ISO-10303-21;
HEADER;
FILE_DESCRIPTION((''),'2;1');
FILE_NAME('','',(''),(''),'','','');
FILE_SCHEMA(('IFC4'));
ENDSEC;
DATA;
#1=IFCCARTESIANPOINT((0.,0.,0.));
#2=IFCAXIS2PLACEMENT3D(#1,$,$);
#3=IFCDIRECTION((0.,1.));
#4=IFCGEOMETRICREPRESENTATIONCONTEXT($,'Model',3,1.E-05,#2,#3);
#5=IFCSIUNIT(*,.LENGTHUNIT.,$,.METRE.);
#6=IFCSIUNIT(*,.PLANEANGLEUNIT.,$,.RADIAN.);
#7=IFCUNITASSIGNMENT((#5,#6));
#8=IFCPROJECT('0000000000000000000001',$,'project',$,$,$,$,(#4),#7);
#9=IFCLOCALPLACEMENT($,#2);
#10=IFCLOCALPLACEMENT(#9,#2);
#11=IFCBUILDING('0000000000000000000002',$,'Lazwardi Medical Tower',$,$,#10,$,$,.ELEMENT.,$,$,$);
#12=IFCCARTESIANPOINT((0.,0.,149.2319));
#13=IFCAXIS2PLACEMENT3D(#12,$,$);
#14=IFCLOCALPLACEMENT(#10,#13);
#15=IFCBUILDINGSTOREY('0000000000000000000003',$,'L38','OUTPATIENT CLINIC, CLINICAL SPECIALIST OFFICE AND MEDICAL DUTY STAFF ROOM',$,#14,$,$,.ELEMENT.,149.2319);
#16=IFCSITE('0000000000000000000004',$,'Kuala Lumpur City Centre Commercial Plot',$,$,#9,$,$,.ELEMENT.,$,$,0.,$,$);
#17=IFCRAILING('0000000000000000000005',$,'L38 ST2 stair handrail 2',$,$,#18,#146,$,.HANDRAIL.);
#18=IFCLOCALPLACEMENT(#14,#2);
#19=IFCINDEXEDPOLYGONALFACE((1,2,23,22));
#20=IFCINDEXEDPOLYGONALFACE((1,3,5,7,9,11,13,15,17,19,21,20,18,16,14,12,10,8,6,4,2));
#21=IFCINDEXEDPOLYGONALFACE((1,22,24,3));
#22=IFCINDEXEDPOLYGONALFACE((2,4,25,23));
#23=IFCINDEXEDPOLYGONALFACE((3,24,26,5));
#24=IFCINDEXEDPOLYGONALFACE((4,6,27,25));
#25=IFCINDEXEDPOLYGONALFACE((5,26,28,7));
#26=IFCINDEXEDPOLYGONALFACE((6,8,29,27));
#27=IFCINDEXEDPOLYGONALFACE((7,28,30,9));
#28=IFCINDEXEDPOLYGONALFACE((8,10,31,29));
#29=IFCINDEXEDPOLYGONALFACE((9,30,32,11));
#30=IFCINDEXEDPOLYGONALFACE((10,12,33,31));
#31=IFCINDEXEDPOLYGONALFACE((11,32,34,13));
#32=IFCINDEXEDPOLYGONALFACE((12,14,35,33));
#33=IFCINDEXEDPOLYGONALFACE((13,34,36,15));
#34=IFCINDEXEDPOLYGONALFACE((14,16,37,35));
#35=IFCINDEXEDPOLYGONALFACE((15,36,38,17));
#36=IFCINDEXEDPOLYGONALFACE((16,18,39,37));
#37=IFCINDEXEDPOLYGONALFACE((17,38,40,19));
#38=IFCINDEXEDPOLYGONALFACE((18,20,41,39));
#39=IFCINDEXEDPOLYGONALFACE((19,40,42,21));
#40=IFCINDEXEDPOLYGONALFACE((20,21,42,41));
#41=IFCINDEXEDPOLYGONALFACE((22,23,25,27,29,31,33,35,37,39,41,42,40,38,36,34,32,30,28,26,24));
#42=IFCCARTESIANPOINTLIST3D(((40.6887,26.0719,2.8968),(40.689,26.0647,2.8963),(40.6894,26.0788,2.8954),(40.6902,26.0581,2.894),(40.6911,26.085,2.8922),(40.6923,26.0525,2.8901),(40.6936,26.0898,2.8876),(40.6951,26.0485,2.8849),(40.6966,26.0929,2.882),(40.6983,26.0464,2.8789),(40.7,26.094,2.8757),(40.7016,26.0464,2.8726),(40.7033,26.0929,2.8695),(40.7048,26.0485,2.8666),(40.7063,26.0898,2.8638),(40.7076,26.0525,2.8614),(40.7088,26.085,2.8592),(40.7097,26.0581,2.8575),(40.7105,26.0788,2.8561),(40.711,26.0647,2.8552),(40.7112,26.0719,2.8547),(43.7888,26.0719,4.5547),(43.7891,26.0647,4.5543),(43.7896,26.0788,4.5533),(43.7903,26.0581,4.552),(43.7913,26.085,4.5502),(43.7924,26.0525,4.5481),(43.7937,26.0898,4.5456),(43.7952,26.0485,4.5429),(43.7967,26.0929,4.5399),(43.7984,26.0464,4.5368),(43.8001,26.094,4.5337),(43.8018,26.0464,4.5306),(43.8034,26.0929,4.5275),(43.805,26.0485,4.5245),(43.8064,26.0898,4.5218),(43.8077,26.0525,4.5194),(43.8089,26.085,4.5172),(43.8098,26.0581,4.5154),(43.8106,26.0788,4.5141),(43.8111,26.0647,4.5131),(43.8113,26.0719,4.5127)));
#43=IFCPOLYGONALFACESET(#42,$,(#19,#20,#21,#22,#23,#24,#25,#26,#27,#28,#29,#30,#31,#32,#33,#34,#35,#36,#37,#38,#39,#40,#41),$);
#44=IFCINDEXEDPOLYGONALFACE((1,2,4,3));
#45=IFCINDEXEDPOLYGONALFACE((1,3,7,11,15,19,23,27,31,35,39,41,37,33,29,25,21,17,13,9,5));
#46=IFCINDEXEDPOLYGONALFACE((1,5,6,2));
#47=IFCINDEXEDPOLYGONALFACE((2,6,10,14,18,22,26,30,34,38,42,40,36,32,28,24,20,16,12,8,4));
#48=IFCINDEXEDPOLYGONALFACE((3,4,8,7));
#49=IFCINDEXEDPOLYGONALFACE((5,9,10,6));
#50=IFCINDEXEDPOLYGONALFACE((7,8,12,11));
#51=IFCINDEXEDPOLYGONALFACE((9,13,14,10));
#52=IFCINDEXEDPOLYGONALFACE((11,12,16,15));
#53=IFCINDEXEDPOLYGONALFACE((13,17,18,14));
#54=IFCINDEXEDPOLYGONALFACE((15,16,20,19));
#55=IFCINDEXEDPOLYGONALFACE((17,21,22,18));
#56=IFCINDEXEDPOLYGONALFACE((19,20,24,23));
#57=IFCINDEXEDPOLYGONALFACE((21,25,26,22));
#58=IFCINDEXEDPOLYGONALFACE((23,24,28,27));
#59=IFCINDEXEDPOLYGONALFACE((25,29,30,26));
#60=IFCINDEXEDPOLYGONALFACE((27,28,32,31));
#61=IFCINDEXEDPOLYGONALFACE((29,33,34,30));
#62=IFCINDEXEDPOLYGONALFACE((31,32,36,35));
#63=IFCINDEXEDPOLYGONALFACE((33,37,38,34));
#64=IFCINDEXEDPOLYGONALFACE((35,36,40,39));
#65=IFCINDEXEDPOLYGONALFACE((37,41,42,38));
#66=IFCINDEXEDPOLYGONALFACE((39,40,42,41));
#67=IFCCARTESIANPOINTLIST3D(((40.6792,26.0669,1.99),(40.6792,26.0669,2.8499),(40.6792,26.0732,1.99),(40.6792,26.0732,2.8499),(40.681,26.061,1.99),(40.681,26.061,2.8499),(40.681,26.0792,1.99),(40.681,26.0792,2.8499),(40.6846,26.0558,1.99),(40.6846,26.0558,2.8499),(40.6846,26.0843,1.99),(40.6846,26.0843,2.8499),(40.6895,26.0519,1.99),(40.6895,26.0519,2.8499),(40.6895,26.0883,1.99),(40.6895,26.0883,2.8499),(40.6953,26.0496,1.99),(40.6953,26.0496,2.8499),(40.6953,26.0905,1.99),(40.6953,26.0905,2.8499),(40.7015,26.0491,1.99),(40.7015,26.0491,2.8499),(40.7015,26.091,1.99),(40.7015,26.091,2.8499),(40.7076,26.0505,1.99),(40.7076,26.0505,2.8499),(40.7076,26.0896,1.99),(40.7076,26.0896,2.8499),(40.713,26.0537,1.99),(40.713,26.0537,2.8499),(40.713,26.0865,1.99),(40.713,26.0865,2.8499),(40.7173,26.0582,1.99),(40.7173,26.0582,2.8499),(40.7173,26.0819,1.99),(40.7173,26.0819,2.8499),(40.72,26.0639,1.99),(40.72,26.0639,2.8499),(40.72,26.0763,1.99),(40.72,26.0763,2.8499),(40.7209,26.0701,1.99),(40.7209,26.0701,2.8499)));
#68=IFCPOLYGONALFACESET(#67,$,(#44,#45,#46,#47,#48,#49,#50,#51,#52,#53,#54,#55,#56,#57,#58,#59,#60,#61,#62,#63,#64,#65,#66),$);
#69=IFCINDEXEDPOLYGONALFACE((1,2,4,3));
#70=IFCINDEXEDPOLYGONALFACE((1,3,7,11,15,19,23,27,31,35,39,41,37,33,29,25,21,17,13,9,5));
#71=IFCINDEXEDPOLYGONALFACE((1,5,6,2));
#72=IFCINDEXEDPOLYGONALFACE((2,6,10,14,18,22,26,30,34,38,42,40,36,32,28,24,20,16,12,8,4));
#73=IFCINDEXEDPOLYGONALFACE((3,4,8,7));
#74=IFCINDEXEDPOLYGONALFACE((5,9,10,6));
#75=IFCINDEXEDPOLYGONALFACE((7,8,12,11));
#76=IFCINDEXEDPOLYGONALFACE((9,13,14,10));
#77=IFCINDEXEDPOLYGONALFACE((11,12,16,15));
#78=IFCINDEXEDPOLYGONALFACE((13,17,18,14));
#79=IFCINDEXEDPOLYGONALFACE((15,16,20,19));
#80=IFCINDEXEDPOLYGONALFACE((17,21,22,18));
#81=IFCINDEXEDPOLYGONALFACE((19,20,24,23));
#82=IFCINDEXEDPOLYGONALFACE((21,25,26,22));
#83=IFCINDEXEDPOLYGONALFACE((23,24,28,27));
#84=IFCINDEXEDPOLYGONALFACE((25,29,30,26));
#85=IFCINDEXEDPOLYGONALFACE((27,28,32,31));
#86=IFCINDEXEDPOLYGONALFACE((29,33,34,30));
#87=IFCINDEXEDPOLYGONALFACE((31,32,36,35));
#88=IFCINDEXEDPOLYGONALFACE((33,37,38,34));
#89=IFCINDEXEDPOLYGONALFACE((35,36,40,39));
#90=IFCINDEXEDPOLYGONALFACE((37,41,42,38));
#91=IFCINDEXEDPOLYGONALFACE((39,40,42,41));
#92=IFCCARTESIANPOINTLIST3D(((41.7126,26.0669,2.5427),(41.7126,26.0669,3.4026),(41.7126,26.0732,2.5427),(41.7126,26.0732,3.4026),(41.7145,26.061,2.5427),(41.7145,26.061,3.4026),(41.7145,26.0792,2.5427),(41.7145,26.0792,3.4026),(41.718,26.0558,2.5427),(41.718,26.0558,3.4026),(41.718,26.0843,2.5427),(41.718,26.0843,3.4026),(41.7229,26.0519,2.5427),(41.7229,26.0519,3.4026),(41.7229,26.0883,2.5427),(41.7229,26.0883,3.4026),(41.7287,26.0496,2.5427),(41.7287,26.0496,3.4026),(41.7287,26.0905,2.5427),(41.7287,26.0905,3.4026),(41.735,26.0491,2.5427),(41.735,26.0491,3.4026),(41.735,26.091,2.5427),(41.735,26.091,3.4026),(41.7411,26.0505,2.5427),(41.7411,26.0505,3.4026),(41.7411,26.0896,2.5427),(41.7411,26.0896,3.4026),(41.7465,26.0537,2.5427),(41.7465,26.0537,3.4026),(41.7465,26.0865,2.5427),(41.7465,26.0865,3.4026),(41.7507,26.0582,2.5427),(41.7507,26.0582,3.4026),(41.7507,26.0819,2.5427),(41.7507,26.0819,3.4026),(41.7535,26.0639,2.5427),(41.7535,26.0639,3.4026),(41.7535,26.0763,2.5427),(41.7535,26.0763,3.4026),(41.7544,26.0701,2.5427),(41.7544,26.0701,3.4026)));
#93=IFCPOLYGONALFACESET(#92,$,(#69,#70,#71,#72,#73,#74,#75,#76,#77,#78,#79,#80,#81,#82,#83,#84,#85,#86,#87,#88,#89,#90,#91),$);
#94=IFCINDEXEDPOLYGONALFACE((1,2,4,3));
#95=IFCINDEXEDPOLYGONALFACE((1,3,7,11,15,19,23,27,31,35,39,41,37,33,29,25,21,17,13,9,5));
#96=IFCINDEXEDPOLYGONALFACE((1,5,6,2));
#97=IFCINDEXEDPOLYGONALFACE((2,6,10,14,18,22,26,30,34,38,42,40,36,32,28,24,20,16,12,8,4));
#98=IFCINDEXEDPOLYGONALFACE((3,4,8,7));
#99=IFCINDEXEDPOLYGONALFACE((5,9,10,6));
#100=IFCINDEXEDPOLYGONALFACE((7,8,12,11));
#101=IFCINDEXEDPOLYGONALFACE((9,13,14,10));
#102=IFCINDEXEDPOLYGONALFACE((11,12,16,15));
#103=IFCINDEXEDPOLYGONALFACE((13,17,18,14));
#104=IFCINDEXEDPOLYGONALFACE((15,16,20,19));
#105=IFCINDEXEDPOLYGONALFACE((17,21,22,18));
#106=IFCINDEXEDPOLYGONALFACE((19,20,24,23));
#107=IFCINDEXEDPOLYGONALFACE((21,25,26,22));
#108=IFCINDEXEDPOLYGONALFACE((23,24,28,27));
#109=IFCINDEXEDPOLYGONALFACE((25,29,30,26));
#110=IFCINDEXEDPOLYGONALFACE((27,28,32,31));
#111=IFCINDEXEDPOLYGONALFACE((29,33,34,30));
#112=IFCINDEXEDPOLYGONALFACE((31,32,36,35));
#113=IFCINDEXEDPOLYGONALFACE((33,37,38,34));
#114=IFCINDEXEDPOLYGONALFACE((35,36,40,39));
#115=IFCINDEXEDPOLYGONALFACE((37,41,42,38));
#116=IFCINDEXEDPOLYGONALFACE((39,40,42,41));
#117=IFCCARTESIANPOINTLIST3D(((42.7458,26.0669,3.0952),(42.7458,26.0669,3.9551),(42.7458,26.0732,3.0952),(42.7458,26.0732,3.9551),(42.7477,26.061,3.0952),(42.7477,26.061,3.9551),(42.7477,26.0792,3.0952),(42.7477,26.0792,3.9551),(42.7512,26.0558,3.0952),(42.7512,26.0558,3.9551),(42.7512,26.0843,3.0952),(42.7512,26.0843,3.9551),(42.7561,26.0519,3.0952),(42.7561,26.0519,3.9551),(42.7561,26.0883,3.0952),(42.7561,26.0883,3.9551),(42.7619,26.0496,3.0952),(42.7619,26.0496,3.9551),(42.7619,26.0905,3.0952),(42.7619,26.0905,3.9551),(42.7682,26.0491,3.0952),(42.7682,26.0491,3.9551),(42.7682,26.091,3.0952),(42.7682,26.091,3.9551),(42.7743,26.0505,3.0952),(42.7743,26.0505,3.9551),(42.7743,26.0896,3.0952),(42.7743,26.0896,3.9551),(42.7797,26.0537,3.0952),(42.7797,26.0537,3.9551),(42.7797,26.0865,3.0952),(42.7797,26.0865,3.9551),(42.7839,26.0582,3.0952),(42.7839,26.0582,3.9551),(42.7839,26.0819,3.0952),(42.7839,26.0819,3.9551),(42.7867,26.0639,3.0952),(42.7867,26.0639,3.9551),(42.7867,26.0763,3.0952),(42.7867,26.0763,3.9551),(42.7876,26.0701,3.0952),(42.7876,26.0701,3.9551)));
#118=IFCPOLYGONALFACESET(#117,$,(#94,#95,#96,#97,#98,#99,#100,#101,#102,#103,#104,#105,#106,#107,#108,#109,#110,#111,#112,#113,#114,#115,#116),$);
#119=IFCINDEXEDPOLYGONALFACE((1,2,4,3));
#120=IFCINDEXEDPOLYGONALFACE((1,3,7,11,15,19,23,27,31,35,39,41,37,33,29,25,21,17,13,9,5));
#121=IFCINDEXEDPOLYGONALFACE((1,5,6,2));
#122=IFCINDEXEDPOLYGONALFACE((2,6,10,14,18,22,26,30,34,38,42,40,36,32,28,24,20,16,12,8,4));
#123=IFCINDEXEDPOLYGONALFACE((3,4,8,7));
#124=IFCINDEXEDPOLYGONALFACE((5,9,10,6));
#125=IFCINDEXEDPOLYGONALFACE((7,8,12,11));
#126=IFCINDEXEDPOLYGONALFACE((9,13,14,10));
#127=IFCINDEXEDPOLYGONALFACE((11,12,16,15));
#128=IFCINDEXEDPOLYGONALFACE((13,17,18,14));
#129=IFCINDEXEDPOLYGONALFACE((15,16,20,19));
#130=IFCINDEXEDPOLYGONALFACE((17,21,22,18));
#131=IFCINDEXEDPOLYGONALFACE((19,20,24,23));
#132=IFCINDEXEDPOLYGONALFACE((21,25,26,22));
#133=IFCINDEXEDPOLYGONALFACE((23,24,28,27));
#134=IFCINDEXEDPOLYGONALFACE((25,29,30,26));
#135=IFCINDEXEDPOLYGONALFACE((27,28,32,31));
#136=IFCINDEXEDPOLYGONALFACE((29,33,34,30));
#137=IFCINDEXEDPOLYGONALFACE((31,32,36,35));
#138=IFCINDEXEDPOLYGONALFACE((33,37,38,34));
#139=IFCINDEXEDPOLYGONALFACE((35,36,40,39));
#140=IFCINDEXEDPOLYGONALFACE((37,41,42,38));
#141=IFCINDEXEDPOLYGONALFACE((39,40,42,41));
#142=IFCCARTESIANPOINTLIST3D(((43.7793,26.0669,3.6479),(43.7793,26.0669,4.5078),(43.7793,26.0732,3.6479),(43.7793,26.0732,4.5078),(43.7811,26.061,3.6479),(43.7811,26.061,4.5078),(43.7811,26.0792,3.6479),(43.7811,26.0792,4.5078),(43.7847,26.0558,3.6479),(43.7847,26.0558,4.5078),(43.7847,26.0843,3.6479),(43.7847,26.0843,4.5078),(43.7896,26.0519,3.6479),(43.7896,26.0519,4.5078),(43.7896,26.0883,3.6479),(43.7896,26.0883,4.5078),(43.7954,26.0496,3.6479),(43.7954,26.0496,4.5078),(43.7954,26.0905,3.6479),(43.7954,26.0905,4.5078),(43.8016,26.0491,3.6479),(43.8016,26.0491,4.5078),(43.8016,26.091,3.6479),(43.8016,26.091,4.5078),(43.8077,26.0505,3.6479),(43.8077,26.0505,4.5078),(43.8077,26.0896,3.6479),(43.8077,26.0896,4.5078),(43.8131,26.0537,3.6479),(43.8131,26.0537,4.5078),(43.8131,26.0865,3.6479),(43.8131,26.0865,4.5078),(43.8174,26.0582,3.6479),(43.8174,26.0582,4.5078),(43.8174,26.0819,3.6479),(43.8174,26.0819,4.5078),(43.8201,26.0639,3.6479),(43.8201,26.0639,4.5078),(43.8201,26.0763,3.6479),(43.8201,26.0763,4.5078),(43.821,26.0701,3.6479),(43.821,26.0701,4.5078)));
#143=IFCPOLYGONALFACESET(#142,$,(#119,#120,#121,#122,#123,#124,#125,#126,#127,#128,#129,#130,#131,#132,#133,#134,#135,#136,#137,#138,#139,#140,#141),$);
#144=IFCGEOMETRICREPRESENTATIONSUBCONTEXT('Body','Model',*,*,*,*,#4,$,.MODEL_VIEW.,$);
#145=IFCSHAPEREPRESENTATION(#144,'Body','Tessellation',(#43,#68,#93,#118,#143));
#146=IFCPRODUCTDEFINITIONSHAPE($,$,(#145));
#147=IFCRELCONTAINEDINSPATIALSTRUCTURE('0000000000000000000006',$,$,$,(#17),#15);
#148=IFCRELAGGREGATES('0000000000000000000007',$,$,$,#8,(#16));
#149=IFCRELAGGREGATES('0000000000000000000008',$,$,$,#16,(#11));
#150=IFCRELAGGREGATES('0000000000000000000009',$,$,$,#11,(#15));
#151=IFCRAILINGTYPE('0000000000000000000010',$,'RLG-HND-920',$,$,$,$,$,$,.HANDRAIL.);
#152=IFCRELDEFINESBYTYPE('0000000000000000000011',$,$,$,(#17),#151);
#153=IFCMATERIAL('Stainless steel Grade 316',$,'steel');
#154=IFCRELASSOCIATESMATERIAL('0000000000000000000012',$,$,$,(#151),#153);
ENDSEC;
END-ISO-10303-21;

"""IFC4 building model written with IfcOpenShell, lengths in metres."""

from ifc_helpers import new_model, si_unit, direction, frame, origin, origin_2d, place, context, subcontext, project, spatial, circle, extrude, material, type_object, element, save


model = new_model("IFC4")

# Units and contexts
model_context = context("Model", 3, precision=1e-05, world=origin(), true_north=direction((0.0, 1.0)))
body_context = subcontext(model_context, "Body", "Model", "MODEL_VIEW")
ifc_project = project(units=[si_unit("LENGTHUNIT", "METRE"), si_unit("PLANEANGLEUNIT", "RADIAN")], contexts=[model_context])

# Site, building, storey
site_placement = place(None, origin())
site = spatial("IfcSite", under=ifc_project, at=site_placement, Name="Kuala Lumpur City Centre Commercial Plot", CompositionType="ELEMENT", RefElevation=0.0)
building_placement = place(site_placement, origin())
building = spatial("IfcBuilding", under=site, at=building_placement, Name="Lazwardi Medical Tower", CompositionType="ELEMENT")
storey_placement = place(building_placement, frame((0.0, 0.0, 149.2319)))
storey = spatial("IfcBuildingStorey", under=building, at=storey_placement, Name="L38", Description="OUTPATIENT CLINIC, CLINICAL SPECIALIST OFFICE AND MEDICAL DUTY STAFF ROOM", CompositionType="ELEMENT", Elevation=149.2319)

# Railing
ifc_material_1 = material(Name="Stainless steel Grade 316", Category="steel")
railing_type_1 = type_object("IfcRailingType", Name="RLG-HND-920", PredefinedType="HANDRAIL", material=ifc_material_1)
railing_1_placement = place(storey_placement, frame((40.7, 26.0701, 1.99)))
element("IfcRailing", 1, at=railing_1_placement, inside=storey, type_object=railing_type_1, Name="L38 ST2 stair handrail 2", PredefinedType="HANDRAIL", context=body_context, shape_type="SweptSolid", body=[
    extrude(circle(Radius=0.0239, at=origin_2d()), frame((0.0, 0.0, 0.8857), z_axis=(0.881812, 0.0, 0.471601), x_axis=(0.0, 1.0, 0.0)), (0.0, 0.0, 1.0), 3.5156),
    extrude(circle(Radius=0.021, at=origin_2d()), origin(), (0.0, 0.0, 1.0), 0.8599),
    extrude(circle(Radius=0.021, at=origin_2d()), frame((1.0334, 0.0, 0.5527)), (0.0, 0.0, 1.0), 0.8599),
    extrude(circle(Radius=0.021, at=origin_2d()), frame((2.0667, 0.0, 1.1052)), (0.0, 0.0, 1.0), 0.8599),
    extrude(circle(Radius=0.021, at=origin_2d()), frame((3.1001, 0.0, 1.658)), (0.0, 0.0, 1.0), 0.8599),
])

save(model, "model.ifc")
